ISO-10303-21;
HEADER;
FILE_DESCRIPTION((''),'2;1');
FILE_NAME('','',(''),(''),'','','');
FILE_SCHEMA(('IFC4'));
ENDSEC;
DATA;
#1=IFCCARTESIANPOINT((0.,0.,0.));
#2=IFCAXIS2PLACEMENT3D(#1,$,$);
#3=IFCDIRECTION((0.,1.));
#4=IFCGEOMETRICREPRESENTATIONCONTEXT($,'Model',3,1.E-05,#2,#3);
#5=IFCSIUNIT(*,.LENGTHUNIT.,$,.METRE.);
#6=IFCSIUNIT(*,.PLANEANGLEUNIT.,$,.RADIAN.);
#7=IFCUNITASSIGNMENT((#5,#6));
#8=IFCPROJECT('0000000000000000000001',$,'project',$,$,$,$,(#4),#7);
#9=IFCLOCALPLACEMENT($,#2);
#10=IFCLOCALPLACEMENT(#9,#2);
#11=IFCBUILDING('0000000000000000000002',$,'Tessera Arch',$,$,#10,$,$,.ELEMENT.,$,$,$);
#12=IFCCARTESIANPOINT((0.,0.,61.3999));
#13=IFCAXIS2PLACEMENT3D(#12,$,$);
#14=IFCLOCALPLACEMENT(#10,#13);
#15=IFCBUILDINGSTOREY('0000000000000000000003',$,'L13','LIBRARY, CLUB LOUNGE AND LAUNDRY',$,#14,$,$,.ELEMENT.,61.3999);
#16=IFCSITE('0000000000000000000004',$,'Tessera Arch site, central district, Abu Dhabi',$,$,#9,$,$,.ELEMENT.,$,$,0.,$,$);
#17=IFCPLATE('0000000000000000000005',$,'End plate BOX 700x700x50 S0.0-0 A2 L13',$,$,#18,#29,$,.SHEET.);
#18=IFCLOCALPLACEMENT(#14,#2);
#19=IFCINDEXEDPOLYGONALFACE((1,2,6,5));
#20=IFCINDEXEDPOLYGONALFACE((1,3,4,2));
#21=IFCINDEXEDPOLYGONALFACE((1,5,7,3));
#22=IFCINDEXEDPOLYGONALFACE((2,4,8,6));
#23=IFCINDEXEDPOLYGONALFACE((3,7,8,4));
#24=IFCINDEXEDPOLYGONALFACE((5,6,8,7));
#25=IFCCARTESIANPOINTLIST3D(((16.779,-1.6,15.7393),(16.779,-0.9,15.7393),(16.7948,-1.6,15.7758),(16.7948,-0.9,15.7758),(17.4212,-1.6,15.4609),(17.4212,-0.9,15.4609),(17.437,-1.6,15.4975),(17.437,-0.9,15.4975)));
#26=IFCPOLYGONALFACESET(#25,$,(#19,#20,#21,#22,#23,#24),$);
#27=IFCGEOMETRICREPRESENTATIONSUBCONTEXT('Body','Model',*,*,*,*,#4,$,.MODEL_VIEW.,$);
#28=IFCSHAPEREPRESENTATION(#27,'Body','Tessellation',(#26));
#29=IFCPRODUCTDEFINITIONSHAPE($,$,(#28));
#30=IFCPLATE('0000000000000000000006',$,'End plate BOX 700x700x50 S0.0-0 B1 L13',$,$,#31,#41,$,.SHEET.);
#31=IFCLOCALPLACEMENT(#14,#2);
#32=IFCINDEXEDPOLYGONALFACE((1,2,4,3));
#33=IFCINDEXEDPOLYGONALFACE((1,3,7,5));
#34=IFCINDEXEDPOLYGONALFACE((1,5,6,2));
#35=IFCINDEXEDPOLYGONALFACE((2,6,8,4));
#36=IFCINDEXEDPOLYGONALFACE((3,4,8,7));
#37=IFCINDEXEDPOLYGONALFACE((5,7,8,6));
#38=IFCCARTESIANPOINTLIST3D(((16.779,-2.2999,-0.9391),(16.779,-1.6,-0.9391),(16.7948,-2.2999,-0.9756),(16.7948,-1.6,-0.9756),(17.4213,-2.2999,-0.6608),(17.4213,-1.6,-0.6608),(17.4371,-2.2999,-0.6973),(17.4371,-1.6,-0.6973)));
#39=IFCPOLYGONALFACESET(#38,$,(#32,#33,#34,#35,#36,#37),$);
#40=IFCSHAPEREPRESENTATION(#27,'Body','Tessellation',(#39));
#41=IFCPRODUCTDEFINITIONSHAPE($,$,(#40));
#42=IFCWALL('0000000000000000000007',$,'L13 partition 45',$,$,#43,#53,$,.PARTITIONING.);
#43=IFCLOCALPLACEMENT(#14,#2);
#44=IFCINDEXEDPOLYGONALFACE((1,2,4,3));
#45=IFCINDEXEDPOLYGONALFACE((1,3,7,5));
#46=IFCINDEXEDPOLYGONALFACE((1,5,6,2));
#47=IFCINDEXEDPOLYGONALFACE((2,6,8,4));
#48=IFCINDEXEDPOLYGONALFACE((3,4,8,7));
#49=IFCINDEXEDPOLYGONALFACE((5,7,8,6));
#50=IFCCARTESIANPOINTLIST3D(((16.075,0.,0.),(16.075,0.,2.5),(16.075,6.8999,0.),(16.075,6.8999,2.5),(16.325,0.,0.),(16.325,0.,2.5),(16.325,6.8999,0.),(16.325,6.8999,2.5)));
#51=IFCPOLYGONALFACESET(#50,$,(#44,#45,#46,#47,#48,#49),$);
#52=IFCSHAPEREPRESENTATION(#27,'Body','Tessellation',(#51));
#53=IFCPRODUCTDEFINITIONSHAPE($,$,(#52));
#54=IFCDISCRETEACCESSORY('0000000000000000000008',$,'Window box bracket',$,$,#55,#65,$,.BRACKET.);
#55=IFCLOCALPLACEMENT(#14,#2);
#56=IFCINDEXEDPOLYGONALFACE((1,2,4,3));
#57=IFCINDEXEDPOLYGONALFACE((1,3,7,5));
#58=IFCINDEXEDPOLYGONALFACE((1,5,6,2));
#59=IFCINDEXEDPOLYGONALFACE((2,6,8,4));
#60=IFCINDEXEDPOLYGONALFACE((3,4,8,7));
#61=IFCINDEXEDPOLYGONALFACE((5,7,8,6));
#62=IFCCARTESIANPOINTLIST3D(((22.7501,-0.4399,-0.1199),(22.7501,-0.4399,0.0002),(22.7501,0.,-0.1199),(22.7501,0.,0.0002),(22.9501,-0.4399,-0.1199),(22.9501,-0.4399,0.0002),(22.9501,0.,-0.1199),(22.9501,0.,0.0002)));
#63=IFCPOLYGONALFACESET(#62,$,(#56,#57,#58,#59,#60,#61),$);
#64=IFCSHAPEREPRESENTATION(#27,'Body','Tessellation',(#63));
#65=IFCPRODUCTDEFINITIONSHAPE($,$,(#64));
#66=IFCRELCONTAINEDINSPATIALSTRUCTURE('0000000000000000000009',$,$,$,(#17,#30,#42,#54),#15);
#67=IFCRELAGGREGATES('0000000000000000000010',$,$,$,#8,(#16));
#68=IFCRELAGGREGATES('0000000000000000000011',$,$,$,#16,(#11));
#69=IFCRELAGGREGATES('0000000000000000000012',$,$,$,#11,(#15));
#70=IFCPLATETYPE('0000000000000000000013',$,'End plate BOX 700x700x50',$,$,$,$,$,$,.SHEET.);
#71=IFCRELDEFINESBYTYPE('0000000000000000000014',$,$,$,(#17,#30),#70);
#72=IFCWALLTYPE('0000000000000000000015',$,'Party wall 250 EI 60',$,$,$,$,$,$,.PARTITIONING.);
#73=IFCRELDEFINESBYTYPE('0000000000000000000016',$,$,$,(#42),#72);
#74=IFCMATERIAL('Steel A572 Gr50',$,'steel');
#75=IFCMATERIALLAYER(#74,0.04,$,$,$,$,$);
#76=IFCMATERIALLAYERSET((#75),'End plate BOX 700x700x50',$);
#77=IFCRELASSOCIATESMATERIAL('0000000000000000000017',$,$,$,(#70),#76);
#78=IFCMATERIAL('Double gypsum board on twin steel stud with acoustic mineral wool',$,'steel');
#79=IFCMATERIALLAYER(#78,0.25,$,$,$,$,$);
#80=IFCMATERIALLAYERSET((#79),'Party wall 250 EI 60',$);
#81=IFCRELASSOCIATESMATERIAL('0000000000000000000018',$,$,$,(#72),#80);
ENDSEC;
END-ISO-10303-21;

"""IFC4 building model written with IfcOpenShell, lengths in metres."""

from ifc_helpers import new_model, si_unit, direction, frame, frame_2d, origin, origin_2d, place, context, subcontext, project, spatial, rectangle, extrude, material, layer, layer_set, type_object, element, save


model = new_model("IFC4")

# Units and contexts
model_context = context("Model", 3, precision=1e-05, world=origin(), true_north=direction((0.0, 1.0)))
body_context = subcontext(model_context, "Body", "Model", "MODEL_VIEW")
ifc_project = project(units=[si_unit("LENGTHUNIT", "METRE"), si_unit("PLANEANGLEUNIT", "RADIAN")], contexts=[model_context])

# Site, building, storey
site_placement = place(None, origin())
site = spatial("IfcSite", under=ifc_project, at=site_placement, Name="Tessera Arch site, central district, Abu Dhabi", CompositionType="ELEMENT", RefElevation=0.0)
building_placement = place(site_placement, origin())
building = spatial("IfcBuilding", under=site, at=building_placement, Name="Tessera Arch", CompositionType="ELEMENT")
storey_placement = place(building_placement, frame((0.0, 0.0, 61.3999)))
storey = spatial("IfcBuildingStorey", under=building, at=storey_placement, Name="L13", Description="LIBRARY, CLUB LOUNGE AND LAUNDRY", CompositionType="ELEMENT", Elevation=61.3999)

# Plates
ifc_material_1 = material(Name="Steel A572 Gr50", Category="steel")
ifc_layer_1 = layer(ifc_material_1, 0.04)
ifc_layer_set_1 = layer_set([ifc_layer_1], Name="End plate BOX 700x700x50")
plate_type_1 = type_object("IfcPlateType", Name="End plate BOX 700x700x50", PredefinedType="SHEET", material=ifc_layer_set_1)
for number, where, z_axis, x_axis, name in (
    (1, (17.1001, -1.25, 15.6001), (0.397607, 0.0, 0.917556), (0.0, 1.0, 0.0), "End plate BOX 700x700x50 S0.0-0 A2 L13"),
    (2, (17.116, -1.95, -0.8364), (-0.397607, 0.0, 0.917556), (0.0, -1.0, 0.0), "End plate BOX 700x700x50 S0.0-0 B1 L13"),
):
    element("IfcPlate", number, at=place(storey_placement, frame(where, z_axis=z_axis, x_axis=x_axis)), inside=storey, type_object=plate_type_1, Name=name, PredefinedType="SHEET", context=body_context, shape_type="SweptSolid", body=[
        extrude(rectangle(XDim=0.7, YDim=0.7, at=origin_2d()), origin(), (0.0, 0.0, 1.0), 0.0398),
    ])

# Wall
ifc_material_2 = material(Name="Double gypsum board on twin steel stud with acoustic mineral wool", Category="steel")
ifc_layer_2 = layer(ifc_material_2, 0.25)
ifc_layer_set_2 = layer_set([ifc_layer_2], Name="Party wall 250 EI 60")
wall_type = type_object("IfcWallType", Name="Party wall 250 EI 60", PredefinedType="PARTITIONING", material=ifc_layer_set_2)
wall_placement = place(storey_placement, frame((16.2, 0.0, 0.0), z_axis=(0.0, 0.0, 1.0), x_axis=(0.0, 1.0, 0.0)))
element("IfcWall", 3, at=wall_placement, inside=storey, type_object=wall_type, Name="L13 partition 45", PredefinedType="PARTITIONING", context=body_context, shape_type="SweptSolid", body=[
    extrude(rectangle(XDim=6.8999, YDim=0.25, at=frame_2d((3.45, 0.0))), origin(), (0.0, 0.0, 1.0), 2.5),
])

# Discrete accessory
discrete_accessory_placement = place(storey_placement, frame((22.8501, -0.22, -0.1199), z_axis=(0.0, 0.0, 1.0), x_axis=(0.0, -1.0, 0.0)))
element("IfcDiscreteAccessory", 4, at=discrete_accessory_placement, inside=storey, Name="Window box bracket", PredefinedType="BRACKET", context=body_context, shape_type="SweptSolid", body=[
    extrude(rectangle(XDim=0.4399, YDim=0.2, at=origin_2d()), origin(), (0.0, 0.0, 1.0), 0.1201),
])

save(model, "model.ifc")
